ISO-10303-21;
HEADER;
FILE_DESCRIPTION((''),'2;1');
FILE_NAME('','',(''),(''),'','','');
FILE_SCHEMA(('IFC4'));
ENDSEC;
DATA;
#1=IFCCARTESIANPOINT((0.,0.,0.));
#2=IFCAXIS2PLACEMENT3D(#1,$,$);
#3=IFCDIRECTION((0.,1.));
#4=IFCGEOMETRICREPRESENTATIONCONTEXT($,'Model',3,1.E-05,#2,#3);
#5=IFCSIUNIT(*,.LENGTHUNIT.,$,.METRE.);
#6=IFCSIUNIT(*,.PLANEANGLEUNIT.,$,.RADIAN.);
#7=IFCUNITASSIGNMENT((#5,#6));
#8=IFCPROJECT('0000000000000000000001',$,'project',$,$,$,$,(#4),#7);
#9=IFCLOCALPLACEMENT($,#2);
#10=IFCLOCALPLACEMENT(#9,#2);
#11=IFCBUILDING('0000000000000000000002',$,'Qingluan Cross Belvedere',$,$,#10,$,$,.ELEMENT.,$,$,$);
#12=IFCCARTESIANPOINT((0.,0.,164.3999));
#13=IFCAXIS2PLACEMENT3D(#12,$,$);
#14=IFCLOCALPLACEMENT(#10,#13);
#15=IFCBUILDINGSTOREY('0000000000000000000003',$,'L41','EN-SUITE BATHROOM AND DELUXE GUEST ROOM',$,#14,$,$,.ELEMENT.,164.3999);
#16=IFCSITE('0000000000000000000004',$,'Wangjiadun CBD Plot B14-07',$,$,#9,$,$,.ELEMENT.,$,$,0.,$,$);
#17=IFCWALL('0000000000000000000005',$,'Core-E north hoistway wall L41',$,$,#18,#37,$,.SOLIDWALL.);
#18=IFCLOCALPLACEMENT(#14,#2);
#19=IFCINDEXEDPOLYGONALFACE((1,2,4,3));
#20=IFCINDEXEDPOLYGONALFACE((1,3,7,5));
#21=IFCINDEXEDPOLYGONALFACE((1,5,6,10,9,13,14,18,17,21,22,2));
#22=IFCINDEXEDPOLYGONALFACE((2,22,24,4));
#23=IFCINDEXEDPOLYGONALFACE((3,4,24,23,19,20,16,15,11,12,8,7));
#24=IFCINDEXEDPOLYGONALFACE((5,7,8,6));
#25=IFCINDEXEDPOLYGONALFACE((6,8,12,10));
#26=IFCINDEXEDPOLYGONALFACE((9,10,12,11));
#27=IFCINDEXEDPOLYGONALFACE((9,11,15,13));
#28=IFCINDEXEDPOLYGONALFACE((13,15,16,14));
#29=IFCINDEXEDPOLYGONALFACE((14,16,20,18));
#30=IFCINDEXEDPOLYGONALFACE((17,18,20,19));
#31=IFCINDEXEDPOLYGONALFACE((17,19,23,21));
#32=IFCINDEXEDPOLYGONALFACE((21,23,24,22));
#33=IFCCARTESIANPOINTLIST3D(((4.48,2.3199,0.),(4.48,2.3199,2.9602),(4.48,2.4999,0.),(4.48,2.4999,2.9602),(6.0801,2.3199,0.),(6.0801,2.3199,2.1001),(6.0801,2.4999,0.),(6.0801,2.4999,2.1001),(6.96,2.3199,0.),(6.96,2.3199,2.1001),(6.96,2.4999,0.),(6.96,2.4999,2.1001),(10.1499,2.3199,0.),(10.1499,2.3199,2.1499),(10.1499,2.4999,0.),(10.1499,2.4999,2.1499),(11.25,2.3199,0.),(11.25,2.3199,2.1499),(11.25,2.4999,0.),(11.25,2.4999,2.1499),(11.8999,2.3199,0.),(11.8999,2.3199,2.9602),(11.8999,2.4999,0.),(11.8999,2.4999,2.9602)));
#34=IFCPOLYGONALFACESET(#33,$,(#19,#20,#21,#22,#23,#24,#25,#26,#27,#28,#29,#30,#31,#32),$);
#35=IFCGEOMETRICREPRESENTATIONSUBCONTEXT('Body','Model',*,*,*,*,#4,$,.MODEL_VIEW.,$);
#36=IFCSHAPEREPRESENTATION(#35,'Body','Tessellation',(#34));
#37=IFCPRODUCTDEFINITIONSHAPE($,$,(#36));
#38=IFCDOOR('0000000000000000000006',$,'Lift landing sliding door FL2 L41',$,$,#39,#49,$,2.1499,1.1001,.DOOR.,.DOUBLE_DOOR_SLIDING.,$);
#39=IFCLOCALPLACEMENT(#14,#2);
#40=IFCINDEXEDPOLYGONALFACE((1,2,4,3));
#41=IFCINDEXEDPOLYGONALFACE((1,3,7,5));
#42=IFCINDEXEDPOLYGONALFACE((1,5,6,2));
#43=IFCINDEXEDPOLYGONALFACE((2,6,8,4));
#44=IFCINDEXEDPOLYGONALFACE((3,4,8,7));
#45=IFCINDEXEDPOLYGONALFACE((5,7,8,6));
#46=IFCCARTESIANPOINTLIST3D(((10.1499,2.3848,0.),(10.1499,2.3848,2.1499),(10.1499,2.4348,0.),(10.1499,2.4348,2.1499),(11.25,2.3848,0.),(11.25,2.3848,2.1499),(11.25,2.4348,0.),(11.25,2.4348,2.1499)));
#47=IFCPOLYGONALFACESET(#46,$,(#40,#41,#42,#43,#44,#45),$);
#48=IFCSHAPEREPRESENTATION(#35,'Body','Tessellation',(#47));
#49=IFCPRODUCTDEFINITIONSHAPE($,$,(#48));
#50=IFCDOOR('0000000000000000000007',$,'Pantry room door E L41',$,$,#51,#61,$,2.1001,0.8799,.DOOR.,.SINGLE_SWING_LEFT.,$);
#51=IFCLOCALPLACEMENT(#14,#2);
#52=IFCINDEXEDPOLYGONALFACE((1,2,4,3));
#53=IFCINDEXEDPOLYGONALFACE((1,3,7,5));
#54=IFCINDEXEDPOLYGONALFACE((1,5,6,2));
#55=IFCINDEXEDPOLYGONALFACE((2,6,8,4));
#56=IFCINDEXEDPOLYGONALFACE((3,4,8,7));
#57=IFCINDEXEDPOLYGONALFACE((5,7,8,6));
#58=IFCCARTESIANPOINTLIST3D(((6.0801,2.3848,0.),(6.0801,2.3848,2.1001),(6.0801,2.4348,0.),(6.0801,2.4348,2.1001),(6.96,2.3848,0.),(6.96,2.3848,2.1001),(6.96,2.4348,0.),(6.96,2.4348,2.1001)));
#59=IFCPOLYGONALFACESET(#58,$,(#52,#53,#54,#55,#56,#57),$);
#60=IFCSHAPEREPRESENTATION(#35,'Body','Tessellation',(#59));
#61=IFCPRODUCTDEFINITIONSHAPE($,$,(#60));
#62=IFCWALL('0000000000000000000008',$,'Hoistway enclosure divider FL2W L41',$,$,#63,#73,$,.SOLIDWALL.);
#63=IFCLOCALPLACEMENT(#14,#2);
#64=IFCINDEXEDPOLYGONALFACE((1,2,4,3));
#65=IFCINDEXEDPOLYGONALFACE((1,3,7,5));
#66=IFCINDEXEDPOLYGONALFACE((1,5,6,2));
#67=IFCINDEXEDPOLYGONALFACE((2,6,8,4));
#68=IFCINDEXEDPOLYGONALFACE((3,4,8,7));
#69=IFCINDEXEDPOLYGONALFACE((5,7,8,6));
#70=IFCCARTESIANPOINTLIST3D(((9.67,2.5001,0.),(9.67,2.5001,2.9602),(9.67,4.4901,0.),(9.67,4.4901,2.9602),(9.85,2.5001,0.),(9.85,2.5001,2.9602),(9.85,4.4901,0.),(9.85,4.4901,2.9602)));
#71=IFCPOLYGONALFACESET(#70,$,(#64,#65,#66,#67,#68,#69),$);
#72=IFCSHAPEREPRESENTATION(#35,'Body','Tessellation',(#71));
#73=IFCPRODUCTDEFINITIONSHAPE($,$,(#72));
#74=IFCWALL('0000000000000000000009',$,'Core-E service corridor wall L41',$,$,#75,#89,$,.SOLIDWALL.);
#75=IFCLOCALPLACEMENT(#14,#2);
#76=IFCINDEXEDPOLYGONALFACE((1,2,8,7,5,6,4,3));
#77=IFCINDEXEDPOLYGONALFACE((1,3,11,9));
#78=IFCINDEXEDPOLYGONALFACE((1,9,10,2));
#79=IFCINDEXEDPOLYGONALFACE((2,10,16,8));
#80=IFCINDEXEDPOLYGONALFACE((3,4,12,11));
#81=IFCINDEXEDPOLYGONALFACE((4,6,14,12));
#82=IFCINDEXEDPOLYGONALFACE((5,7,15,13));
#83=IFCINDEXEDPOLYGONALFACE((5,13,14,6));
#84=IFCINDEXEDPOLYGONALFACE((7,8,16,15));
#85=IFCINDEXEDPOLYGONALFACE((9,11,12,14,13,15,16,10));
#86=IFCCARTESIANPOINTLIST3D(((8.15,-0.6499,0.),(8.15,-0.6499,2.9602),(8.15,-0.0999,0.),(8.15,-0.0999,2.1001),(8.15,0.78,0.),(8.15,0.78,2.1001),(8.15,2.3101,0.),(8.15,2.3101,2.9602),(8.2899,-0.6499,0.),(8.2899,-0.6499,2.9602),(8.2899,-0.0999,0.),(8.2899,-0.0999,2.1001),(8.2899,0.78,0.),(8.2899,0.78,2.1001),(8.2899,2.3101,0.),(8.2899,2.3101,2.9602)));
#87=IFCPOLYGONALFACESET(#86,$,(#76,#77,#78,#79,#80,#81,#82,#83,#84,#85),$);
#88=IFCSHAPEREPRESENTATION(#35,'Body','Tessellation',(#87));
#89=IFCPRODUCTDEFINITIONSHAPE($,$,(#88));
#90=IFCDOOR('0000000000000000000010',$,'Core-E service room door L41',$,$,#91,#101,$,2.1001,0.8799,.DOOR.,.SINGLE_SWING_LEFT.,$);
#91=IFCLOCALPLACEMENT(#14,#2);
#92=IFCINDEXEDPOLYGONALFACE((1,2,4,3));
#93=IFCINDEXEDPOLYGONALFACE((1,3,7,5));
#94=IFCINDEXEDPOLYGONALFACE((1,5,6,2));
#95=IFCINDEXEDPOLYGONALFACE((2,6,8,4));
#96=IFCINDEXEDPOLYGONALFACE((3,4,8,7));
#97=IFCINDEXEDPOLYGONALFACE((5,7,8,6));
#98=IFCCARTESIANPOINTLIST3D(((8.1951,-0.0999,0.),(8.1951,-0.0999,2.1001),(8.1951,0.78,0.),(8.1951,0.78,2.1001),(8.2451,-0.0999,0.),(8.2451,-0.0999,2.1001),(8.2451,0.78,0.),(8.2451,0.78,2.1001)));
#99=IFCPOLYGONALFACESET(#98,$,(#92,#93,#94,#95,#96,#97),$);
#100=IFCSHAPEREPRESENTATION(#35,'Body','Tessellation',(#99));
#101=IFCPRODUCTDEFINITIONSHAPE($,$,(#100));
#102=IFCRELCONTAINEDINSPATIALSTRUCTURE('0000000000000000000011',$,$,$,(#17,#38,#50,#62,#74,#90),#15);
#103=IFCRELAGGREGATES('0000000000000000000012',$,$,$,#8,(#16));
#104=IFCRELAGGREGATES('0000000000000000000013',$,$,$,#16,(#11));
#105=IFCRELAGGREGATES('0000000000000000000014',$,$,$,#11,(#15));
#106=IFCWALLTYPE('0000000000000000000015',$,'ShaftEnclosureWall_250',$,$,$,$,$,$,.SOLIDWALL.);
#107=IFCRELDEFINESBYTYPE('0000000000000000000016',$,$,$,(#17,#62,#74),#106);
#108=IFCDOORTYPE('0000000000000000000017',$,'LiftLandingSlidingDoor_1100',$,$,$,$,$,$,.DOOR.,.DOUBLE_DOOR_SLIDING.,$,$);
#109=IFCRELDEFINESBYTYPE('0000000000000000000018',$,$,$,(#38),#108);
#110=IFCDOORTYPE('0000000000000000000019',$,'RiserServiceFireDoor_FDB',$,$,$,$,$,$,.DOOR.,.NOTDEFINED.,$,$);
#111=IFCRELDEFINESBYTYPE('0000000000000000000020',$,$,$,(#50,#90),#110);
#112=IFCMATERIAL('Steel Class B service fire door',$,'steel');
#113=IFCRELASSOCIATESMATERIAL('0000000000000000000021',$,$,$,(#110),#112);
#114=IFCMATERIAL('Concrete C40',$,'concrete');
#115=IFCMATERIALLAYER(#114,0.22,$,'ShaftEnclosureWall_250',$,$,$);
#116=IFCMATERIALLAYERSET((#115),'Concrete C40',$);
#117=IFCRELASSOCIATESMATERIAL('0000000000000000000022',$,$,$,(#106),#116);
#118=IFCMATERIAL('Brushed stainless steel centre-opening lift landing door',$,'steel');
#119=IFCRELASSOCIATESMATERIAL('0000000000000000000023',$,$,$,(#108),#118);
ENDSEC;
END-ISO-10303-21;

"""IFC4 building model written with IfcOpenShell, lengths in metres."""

from ifc_helpers import new_model, si_unit, direction, frame, frame_2d, origin, place, context, subcontext, project, spatial, rectangle, extrude, material, layer, layer_set, type_object, element, fill, save


model = new_model("IFC4")

# Units and contexts
model_context = context("Model", 3, precision=1e-05, world=origin(), true_north=direction((0.0, 1.0)))
body_context = subcontext(model_context, "Body", "Model", "MODEL_VIEW")
ifc_project = project(units=[si_unit("LENGTHUNIT", "METRE"), si_unit("PLANEANGLEUNIT", "RADIAN")], contexts=[model_context])

# Site, building, storey
site_placement = place(None, origin())
site = spatial("IfcSite", under=ifc_project, at=site_placement, Name="Wangjiadun CBD Plot B14-07", CompositionType="ELEMENT", RefElevation=0.0)
building_placement = place(site_placement, origin())
building = spatial("IfcBuilding", under=site, at=building_placement, Name="Qingluan Cross Belvedere", CompositionType="ELEMENT")
storey_placement = place(building_placement, frame((0.0, 0.0, 164.3999)))
storey = spatial("IfcBuildingStorey", under=building, at=storey_placement, Name="L41", Description="EN-SUITE BATHROOM AND DELUXE GUEST ROOM", CompositionType="ELEMENT", Elevation=164.3999)

# Shared definitions
ifc_material_1 = material(Name="Steel Class B service fire door", Category="steel")
door_type_1 = type_object("IfcDoorType", Name="RiserServiceFireDoor_FDB", OperationType="NOTDEFINED", PredefinedType="DOOR", material=ifc_material_1)

# Wall, openings, doors
ifc_material_2 = material(Name="Concrete C40", Category="concrete")
ifc_layer_1 = layer(ifc_material_2, 0.22, Name="ShaftEnclosureWall_250")
ifc_layer_set_1 = layer_set([ifc_layer_1], Name="Concrete C40")
wall_type_1 = type_object("IfcWallType", Name="ShaftEnclosureWall_250", PredefinedType="SOLIDWALL", material=ifc_layer_set_1)
wall_1_placement = place(storey_placement, frame((4.48, 2.4099, 0.0), z_axis=(0.0, 0.0, 1.0), x_axis=(1.0, 0.0, 0.0)))
wall_1 = element("IfcWall", 1, at=wall_1_placement, inside=storey, type_object=wall_type_1, Name="Core-E north hoistway wall L41", PredefinedType="SOLIDWALL", context=body_context, shape_type="SweptSolid", body=[
    extrude(rectangle(XDim=7.4199, YDim=0.1799, at=frame_2d((3.71, 0.0))), origin(), (0.0, 0.0, 1.0), 2.9602),
])
opening_1_placement = place(wall_1_placement, frame((5.6699, 0.0, 0.0)))
opening_1 = element("IfcOpeningElement", 2, at=opening_1_placement, cuts=wall_1, PredefinedType="OPENING", context=body_context, shape_type="SweptSolid", body=[
    extrude(rectangle(XDim=1.1001, YDim=2.1499, at=frame_2d((0.55, 1.075))), frame((0.0, 0.0999, 0.0), z_axis=(0.0, -1.0, 0.0), x_axis=(1.0, 0.0, 0.0)), (0.0, 0.0, 1.0), 0.2),
])
opening_2_placement = place(wall_1_placement, frame((1.6001, 0.0, 0.0)))
opening_2 = element("IfcOpeningElement", 3, at=opening_2_placement, cuts=wall_1, PredefinedType="OPENING", context=body_context, shape_type="SweptSolid", body=[
    extrude(rectangle(XDim=0.8799, YDim=2.1001, at=frame_2d((0.4399, 1.05))), frame((0.0, 0.0999, 0.0), z_axis=(0.0, -1.0, 0.0), x_axis=(1.0, 0.0, 0.0)), (0.0, 0.0, 1.0), 0.2),
])
ifc_material_3 = material(Name="Brushed stainless steel centre-opening lift landing door", Category="steel")
door_type_2 = type_object("IfcDoorType", Name="LiftLandingSlidingDoor_1100", OperationType="DOUBLE_DOOR_SLIDING", PredefinedType="DOOR", material=ifc_material_3)
door_1_placement = place(opening_1_placement, origin())
door_1 = element("IfcDoor", 4, at=door_1_placement, inside=storey, type_object=door_type_2, Name="Lift landing sliding door FL2 L41", OperationType="DOUBLE_DOOR_SLIDING", OverallHeight=2.1499, OverallWidth=1.1001, PredefinedType="DOOR", context=body_context, shape_type="SweptSolid", body=[
    extrude(rectangle(XDim=1.1001, YDim=2.1499, at=frame_2d((0.55, 1.075))), frame((0.0, 0.0249, 0.0), z_axis=(0.0, -1.0, 0.0), x_axis=(1.0, 0.0, 0.0)), (0.0, 0.0, 1.0), 0.05),
])
fill(opening_1, door_1)
door_2_placement = place(opening_2_placement, origin())
door_2 = element("IfcDoor", 5, at=door_2_placement, inside=storey, type_object=door_type_1, Name="Pantry room door E L41", OperationType="SINGLE_SWING_LEFT", OverallHeight=2.1001, OverallWidth=0.8799, PredefinedType="DOOR", context=body_context, shape_type="SweptSolid", body=[
    extrude(rectangle(XDim=0.8799, YDim=2.1001, at=frame_2d((0.4399, 1.05))), frame((0.0, 0.0249, 0.0), z_axis=(0.0, -1.0, 0.0), x_axis=(1.0, 0.0, 0.0)), (0.0, 0.0, 1.0), 0.05),
])
fill(opening_2, door_2)

# Wall
wall_2_placement = place(storey_placement, frame((9.76, 2.5, 0.0), z_axis=(0.0, 0.0, 1.0), x_axis=(0.0, 1.0, 0.0)))
element("IfcWall", 6, at=wall_2_placement, inside=storey, type_object=wall_type_1, Name="Hoistway enclosure divider FL2W L41", PredefinedType="SOLIDWALL", context=body_context, shape_type="SweptSolid", body=[
    extrude(rectangle(XDim=1.99, YDim=0.1799, at=frame_2d((0.9951, 0.0))), origin(), (0.0, 0.0, 1.0), 2.9602),
])

# Wall, opening, door
wall_3_placement = place(storey_placement, frame((8.22, -0.6499, 0.0), z_axis=(0.0, 0.0, 1.0), x_axis=(0.0, 1.0, 0.0)))
wall_3 = element("IfcWall", 7, at=wall_3_placement, inside=storey, type_object=wall_type_1, Name="Core-E service corridor wall L41", PredefinedType="SOLIDWALL", context=body_context, shape_type="SweptSolid", body=[
    extrude(rectangle(XDim=2.96, YDim=0.1399, at=frame_2d((1.48, 0.0))), origin(), (0.0, 0.0, 1.0), 2.9602),
])
opening_3_placement = place(wall_3_placement, frame((0.55, 0.0, 0.0)))
opening_3 = element("IfcOpeningElement", 8, at=opening_3_placement, cuts=wall_3, PredefinedType="OPENING", context=body_context, shape_type="SweptSolid", body=[
    extrude(rectangle(XDim=0.8799, YDim=2.1001, at=frame_2d((0.4399, 1.05))), frame((0.0, 0.0798, 0.0), z_axis=(0.0, -1.0, 0.0), x_axis=(1.0, 0.0, 0.0)), (0.0, 0.0, 1.0), 0.1599),
])
door_3_placement = place(opening_3_placement, origin())
door_3 = element("IfcDoor", 9, at=door_3_placement, inside=storey, type_object=door_type_1, Name="Core-E service room door L41", OperationType="SINGLE_SWING_LEFT", OverallHeight=2.1001, OverallWidth=0.8799, PredefinedType="DOOR", context=body_context, shape_type="SweptSolid", body=[
    extrude(rectangle(XDim=0.8799, YDim=2.1001, at=frame_2d((0.4399, 1.05))), frame((0.0, 0.0249, 0.0), z_axis=(0.0, -1.0, 0.0), x_axis=(1.0, 0.0, 0.0)), (0.0, 0.0, 1.0), 0.05),
])
fill(opening_3, door_3)

save(model, "model.ifc")
